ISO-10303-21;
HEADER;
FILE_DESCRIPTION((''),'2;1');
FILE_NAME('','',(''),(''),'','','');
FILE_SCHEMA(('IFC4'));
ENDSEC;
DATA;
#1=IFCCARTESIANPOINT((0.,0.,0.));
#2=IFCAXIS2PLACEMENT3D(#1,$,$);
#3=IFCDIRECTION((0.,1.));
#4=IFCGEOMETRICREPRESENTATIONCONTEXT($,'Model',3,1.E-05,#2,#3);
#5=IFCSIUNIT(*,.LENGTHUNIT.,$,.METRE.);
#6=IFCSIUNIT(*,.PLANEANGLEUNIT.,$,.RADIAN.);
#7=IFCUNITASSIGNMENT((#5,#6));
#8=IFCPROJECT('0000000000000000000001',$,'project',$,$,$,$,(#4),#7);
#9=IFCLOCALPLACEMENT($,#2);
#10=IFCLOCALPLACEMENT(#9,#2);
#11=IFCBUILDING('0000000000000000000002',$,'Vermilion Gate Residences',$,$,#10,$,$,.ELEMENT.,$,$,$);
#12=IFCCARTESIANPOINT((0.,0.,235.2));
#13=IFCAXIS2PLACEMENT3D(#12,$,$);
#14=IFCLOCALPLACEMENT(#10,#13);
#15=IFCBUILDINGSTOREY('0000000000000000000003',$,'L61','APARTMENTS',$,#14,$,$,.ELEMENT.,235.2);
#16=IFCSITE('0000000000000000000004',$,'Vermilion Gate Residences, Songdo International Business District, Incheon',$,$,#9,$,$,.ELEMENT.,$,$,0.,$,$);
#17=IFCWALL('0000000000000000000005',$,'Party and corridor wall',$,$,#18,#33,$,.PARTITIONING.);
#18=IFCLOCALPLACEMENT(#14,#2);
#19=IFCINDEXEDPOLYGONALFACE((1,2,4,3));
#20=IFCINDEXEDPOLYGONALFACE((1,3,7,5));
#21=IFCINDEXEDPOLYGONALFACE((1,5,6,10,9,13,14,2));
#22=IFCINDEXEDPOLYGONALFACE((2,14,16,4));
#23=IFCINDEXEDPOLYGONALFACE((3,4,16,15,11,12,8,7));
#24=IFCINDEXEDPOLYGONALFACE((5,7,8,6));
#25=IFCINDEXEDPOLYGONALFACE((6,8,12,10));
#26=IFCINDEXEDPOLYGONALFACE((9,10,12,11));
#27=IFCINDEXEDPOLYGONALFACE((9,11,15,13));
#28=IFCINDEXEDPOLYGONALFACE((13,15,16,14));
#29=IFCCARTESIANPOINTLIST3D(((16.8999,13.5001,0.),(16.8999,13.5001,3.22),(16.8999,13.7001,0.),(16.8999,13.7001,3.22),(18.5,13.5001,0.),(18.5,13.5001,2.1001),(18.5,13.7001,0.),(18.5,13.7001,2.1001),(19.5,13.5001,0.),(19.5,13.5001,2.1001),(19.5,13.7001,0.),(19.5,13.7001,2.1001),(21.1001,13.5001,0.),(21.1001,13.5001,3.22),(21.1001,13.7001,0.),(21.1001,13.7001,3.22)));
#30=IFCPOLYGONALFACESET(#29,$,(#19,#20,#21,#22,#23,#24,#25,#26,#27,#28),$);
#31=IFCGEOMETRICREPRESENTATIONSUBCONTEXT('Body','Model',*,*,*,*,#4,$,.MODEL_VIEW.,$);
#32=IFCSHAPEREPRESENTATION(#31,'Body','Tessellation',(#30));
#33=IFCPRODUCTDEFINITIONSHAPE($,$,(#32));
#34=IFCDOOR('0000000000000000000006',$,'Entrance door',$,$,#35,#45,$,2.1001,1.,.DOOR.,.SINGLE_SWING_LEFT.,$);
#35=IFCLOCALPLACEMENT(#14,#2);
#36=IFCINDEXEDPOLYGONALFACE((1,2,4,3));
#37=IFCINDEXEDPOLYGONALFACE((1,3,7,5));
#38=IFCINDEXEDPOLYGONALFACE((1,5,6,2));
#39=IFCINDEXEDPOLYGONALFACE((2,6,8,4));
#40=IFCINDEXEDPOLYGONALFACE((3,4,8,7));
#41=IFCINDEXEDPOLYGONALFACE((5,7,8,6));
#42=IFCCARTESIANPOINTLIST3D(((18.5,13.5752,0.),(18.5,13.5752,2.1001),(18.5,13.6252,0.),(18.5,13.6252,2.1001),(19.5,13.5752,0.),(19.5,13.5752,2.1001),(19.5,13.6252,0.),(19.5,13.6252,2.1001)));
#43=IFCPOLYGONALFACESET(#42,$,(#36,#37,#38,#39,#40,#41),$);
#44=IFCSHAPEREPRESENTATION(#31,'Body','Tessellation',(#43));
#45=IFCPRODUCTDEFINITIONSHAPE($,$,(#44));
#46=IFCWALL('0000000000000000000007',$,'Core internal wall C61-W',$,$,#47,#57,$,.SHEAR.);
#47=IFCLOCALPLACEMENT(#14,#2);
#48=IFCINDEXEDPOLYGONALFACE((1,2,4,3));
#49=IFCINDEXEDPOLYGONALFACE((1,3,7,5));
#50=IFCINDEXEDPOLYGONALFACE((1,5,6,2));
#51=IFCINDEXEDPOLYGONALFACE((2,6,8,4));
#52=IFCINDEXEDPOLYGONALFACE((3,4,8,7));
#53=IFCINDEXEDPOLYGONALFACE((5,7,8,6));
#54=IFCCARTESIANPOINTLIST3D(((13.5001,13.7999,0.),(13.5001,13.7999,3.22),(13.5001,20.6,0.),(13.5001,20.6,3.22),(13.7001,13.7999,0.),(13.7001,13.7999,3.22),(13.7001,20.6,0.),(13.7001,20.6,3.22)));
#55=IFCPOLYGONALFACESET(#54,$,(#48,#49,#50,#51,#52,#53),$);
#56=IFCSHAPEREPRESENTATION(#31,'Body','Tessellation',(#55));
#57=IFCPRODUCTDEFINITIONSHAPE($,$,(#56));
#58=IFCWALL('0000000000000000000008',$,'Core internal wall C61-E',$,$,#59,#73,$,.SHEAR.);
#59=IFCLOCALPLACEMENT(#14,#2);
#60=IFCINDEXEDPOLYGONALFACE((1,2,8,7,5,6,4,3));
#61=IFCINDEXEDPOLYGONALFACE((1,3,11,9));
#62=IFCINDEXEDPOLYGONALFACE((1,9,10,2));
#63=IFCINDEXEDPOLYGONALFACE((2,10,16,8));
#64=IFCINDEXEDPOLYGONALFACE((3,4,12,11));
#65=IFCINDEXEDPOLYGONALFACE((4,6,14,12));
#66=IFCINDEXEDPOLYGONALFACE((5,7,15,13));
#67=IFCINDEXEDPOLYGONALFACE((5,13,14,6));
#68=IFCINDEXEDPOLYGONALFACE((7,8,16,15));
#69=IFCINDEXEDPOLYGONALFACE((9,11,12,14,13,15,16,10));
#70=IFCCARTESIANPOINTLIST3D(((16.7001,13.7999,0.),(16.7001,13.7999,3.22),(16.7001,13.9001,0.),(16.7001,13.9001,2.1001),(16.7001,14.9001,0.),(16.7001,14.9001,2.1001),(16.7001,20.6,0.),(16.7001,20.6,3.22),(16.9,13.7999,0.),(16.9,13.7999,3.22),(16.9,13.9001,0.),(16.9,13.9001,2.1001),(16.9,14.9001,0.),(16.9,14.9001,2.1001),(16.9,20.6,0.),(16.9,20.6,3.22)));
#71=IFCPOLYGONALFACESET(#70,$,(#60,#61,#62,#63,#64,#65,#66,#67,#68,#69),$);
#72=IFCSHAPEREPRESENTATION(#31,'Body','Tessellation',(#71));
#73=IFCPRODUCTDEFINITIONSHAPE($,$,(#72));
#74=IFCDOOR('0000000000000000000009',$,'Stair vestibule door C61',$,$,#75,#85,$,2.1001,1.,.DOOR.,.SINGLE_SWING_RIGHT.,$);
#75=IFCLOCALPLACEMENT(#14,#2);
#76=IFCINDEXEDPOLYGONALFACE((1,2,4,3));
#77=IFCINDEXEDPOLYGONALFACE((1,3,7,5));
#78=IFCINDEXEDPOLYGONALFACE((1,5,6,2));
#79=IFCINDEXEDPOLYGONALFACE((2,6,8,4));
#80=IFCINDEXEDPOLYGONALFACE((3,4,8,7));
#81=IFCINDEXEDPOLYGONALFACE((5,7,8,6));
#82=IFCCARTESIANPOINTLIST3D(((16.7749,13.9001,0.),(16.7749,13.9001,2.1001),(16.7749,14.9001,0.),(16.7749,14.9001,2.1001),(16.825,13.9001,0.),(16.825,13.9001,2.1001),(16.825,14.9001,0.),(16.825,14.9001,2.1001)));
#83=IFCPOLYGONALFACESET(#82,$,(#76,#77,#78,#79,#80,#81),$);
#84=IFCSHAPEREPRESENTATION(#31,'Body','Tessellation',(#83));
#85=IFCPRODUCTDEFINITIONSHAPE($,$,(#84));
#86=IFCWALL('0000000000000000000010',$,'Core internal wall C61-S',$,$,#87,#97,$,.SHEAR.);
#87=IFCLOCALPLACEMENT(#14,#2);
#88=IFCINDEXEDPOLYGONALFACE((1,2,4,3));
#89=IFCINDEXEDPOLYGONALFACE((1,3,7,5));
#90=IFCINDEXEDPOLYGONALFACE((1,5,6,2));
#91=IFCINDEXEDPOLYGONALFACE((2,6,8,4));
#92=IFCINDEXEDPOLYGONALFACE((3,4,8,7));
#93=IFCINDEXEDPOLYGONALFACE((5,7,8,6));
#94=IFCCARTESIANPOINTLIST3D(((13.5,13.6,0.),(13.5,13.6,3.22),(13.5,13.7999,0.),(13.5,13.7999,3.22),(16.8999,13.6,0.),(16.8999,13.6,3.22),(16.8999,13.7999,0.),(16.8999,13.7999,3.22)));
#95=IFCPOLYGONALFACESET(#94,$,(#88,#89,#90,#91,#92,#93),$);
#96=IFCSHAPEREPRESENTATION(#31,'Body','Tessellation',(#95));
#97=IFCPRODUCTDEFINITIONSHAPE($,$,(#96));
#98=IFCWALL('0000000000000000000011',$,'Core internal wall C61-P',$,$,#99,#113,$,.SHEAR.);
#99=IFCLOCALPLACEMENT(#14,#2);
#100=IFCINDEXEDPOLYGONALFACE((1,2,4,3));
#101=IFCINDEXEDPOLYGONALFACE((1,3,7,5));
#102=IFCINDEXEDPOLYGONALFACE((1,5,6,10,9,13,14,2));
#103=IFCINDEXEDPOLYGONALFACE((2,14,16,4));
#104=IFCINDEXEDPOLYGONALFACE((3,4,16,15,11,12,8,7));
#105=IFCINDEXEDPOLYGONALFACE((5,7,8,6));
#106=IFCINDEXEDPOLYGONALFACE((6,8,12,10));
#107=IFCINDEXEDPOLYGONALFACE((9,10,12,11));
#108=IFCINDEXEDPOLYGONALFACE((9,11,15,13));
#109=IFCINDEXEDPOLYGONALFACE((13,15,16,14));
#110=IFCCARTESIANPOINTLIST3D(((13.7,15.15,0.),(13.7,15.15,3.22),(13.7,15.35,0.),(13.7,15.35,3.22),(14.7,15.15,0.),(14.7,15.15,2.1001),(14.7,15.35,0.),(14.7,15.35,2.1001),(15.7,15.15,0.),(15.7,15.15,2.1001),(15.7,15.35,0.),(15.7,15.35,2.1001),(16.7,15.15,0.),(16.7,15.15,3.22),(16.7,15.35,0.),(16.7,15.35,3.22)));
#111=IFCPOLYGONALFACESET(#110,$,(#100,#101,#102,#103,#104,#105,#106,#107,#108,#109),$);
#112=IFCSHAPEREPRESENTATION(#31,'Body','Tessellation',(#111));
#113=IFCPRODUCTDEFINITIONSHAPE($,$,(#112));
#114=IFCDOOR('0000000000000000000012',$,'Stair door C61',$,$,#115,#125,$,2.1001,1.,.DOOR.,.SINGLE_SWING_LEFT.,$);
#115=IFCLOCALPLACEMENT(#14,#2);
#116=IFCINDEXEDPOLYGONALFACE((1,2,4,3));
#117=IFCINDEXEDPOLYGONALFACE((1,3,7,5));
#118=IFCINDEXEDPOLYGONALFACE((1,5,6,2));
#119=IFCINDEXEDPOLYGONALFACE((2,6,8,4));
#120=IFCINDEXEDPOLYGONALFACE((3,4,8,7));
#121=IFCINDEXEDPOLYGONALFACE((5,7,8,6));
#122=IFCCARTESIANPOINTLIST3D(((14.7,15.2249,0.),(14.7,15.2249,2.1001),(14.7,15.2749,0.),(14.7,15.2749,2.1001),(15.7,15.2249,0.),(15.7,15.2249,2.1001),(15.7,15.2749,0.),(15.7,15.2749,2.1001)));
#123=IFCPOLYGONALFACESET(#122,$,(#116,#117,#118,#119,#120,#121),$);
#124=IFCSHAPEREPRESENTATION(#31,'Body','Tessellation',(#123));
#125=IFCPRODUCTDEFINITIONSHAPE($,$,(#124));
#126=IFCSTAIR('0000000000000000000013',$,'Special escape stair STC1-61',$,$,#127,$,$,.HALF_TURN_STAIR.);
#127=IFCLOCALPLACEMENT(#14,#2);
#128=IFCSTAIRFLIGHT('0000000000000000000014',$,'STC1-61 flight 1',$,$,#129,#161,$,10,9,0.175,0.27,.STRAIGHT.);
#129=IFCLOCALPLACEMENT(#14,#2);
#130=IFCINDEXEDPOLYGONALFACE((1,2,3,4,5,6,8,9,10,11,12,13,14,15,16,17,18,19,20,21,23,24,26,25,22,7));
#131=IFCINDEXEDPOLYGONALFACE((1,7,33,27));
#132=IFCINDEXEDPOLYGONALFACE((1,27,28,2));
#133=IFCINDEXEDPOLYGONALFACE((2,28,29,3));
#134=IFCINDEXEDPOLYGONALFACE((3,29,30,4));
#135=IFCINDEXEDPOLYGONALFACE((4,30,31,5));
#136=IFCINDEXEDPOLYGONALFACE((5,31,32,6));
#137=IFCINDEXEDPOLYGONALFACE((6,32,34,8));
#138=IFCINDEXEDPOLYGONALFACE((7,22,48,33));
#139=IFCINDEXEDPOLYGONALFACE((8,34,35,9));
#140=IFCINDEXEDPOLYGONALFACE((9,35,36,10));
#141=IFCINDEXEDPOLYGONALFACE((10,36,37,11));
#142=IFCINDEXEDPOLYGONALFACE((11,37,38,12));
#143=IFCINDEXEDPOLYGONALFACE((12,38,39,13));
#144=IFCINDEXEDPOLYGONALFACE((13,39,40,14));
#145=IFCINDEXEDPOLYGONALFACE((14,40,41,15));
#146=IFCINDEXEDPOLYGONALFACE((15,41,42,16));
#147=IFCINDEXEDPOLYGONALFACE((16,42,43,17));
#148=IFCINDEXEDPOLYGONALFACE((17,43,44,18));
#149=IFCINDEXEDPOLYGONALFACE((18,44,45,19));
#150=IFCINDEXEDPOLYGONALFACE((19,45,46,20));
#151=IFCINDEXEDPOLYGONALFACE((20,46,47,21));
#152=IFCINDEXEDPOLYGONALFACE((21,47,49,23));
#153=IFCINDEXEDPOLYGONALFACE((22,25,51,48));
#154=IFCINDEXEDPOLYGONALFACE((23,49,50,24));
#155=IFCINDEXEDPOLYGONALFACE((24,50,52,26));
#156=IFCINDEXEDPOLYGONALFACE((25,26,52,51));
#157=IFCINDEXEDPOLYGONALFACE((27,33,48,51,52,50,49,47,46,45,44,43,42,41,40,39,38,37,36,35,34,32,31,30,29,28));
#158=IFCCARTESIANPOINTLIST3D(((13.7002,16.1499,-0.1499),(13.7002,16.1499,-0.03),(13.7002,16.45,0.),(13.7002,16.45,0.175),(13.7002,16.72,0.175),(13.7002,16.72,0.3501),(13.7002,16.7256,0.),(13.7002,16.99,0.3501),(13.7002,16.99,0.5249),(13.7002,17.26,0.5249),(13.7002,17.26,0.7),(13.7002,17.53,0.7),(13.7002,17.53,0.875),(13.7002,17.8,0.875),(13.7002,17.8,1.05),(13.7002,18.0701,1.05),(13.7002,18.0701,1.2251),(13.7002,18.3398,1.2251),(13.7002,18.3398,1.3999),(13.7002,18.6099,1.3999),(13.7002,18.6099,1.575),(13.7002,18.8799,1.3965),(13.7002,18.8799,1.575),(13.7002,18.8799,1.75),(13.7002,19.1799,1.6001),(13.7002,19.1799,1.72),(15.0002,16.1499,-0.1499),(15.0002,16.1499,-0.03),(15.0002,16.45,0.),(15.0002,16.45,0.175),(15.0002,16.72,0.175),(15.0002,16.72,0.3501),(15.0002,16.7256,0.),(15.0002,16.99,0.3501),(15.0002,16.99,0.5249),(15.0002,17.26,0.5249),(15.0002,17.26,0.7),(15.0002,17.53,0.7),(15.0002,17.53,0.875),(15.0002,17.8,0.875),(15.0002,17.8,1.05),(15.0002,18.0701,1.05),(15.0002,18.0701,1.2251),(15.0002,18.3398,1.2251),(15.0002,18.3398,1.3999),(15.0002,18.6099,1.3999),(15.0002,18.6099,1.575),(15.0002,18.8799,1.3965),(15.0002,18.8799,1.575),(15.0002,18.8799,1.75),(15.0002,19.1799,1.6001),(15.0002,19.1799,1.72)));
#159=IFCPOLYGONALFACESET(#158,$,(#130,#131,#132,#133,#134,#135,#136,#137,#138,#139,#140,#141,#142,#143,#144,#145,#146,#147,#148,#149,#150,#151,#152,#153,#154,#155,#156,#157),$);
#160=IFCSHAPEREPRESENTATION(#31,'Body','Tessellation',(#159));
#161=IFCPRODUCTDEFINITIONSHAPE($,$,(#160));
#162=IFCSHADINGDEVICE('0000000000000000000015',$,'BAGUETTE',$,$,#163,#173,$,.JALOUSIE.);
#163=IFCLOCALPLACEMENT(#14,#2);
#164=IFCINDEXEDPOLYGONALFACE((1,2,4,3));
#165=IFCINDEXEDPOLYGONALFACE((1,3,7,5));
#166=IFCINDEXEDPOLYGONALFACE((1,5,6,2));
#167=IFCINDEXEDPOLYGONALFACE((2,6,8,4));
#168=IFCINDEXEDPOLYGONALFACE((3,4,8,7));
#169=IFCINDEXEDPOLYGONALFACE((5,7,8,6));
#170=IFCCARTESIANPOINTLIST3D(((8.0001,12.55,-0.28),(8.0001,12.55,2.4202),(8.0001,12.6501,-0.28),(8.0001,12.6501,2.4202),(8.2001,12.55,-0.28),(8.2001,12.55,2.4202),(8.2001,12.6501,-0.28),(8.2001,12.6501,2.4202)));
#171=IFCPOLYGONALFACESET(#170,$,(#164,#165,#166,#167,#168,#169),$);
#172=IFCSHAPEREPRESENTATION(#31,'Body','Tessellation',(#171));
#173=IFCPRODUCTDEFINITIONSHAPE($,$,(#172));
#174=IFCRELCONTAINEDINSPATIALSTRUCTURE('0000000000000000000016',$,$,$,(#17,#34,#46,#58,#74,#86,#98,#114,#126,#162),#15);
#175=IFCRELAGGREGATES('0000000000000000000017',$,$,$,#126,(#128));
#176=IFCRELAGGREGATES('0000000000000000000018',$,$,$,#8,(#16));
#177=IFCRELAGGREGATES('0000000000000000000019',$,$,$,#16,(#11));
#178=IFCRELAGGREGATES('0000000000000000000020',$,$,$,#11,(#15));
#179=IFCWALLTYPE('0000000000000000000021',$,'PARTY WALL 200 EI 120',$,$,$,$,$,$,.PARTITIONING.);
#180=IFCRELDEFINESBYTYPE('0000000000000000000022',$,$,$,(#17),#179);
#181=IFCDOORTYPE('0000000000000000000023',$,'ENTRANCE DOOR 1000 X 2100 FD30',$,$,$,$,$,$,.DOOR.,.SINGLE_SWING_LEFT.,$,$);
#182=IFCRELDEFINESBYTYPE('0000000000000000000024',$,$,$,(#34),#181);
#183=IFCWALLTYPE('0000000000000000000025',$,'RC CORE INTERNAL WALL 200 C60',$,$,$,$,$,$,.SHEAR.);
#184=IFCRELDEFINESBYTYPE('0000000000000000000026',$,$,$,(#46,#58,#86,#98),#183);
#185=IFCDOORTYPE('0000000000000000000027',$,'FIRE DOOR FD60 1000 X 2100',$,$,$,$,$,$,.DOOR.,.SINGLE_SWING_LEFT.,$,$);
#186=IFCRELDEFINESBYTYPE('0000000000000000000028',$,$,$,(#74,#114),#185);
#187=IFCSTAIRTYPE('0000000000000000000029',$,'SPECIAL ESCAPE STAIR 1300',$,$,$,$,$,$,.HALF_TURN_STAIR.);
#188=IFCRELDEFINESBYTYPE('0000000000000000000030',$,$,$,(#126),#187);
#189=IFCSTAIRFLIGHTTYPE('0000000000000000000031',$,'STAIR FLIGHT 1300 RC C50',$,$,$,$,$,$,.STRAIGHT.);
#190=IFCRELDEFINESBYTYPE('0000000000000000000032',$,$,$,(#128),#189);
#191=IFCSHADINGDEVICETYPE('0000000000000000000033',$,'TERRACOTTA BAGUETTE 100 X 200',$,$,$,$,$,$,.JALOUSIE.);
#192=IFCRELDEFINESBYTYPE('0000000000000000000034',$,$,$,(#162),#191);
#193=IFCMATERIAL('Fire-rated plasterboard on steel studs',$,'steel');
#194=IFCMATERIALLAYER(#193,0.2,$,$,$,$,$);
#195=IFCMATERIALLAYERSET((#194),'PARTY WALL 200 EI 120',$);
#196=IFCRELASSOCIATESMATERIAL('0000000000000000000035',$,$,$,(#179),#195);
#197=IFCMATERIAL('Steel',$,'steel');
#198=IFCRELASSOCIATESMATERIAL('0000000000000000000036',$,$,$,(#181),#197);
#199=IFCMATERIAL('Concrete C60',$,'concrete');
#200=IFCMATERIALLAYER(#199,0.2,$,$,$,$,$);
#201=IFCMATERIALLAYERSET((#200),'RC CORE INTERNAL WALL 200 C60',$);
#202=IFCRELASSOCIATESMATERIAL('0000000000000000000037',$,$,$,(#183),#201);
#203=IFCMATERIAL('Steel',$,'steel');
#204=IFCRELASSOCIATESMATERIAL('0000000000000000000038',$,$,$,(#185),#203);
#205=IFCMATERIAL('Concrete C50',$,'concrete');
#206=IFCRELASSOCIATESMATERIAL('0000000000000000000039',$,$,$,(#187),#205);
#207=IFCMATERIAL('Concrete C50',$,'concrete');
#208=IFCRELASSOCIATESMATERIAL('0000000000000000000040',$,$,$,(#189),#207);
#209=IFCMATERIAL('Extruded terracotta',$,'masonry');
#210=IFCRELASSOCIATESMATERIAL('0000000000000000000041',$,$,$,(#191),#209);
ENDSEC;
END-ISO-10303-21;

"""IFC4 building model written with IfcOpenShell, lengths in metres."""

from ifc_helpers import new_model, si_unit, direction, frame, frame_2d, origin, origin_2d, place, context, subcontext, project, spatial, polyline, rectangle, outline, extrude, material, layer, layer_set, material_profile, profile_set, type_object, element, fill, aggregate, save


model = new_model("IFC4")

# Units and contexts
model_context = context("Model", 3, precision=1e-05, world=origin(), true_north=direction((0.0, 1.0)))
body_context = subcontext(model_context, "Body", "Model", "MODEL_VIEW")
ifc_project = project(units=[si_unit("LENGTHUNIT", "METRE"), si_unit("PLANEANGLEUNIT", "RADIAN")], contexts=[model_context])

# Site, building, storey
site_placement = place(None, origin())
site = spatial("IfcSite", under=ifc_project, at=site_placement, Name="Vermilion Gate Residences, Songdo International Business District, Incheon", CompositionType="ELEMENT", RefElevation=0.0)
building_placement = place(site_placement, origin())
building = spatial("IfcBuilding", under=site, at=building_placement, Name="Vermilion Gate Residences", CompositionType="ELEMENT")
storey_placement = place(building_placement, frame((0.0, 0.0, 235.2)))
storey = spatial("IfcBuildingStorey", under=building, at=storey_placement, Name="L61", Description="APARTMENTS", CompositionType="ELEMENT", Elevation=235.2)

# Wall, opening, door
ifc_material_1 = material(Name="Fire-rated plasterboard on steel studs", Category="steel")
ifc_layer_1 = layer(ifc_material_1, 0.2)
ifc_layer_set_1 = layer_set([ifc_layer_1], Name="PARTY WALL 200 EI 120")
wall_type_1 = type_object("IfcWallType", Name="PARTY WALL 200 EI 120", PredefinedType="PARTITIONING", material=ifc_layer_set_1)
wall_1_placement = place(storey_placement, frame((16.8999, 13.6001, 0.0), z_axis=(0.0, 0.0, 1.0), x_axis=(1.0, 0.0, 0.0)))
wall_1 = element("IfcWall", 1, at=wall_1_placement, inside=storey, type_object=wall_type_1, Name="Party and corridor wall", PredefinedType="PARTITIONING", context=body_context, shape_type="SweptSolid", body=[
    extrude(rectangle(XDim=4.2002, YDim=0.2, at=frame_2d((2.1001, 0.0))), origin(), (0.0, 0.0, 1.0), 3.22),
])
opening_1_placement = place(wall_1_placement, frame((1.6001, 0.0, 0.0)))
opening_1 = element("IfcOpeningElement", 2, at=opening_1_placement, cuts=wall_1, PredefinedType="OPENING", context=body_context, shape_type="SweptSolid", body=[
    extrude(rectangle(XDim=1.0, YDim=2.1001, at=frame_2d((0.5, 1.05))), frame((0.0, 0.1099, 0.0), z_axis=(0.0, -1.0, 0.0), x_axis=(1.0, 0.0, 0.0)), (0.0, 0.0, 1.0), 0.22),
])
ifc_material_2 = material(Name="Steel", Category="steel")
door_type_1 = type_object("IfcDoorType", Name="ENTRANCE DOOR 1000 X 2100 FD30", OperationType="SINGLE_SWING_LEFT", PredefinedType="DOOR", material=ifc_material_2)
door_1_placement = place(opening_1_placement, frame((1.0, 0.0, 0.0), z_axis=(0.0, 0.0, 1.0), x_axis=(-1.0, 0.0, 0.0)))
door_1 = element("IfcDoor", 3, at=door_1_placement, inside=storey, type_object=door_type_1, Name="Entrance door", OperationType="SINGLE_SWING_LEFT", OverallHeight=2.1001, OverallWidth=1.0, PredefinedType="DOOR", context=body_context, shape_type="SweptSolid", body=[
    extrude(rectangle(XDim=1.0, YDim=2.1001, at=frame_2d((0.5, 1.05))), frame((0.0, 0.0249, 0.0), z_axis=(0.0, -1.0, 0.0), x_axis=(1.0, 0.0, 0.0)), (0.0, 0.0, 1.0), 0.05),
])
fill(opening_1, door_1)

# Wall
ifc_material_3 = material(Name="Concrete C60", Category="concrete")
ifc_layer_2 = layer(ifc_material_3, 0.2)
ifc_layer_set_2 = layer_set([ifc_layer_2], Name="RC CORE INTERNAL WALL 200 C60")
wall_type_2 = type_object("IfcWallType", Name="RC CORE INTERNAL WALL 200 C60", PredefinedType="SHEAR", material=ifc_layer_set_2)
wall_2_placement = place(storey_placement, frame((13.6001, 13.8, 0.0), z_axis=(0.0, 0.0, 1.0), x_axis=(0.0, 1.0, 0.0)))
element("IfcWall", 4, at=wall_2_placement, inside=storey, type_object=wall_type_2, Name="Core internal wall C61-W", PredefinedType="SHEAR", context=body_context, shape_type="SweptSolid", body=[
    extrude(rectangle(XDim=6.8, YDim=0.2, at=frame_2d((3.3999, 0.0))), origin(), (0.0, 0.0, 1.0), 3.22),
])

# Wall, opening, door
wall_3_placement = place(storey_placement, frame((16.8, 13.8, 0.0), z_axis=(0.0, 0.0, 1.0), x_axis=(0.0, 1.0, 0.0)))
wall_3 = element("IfcWall", 5, at=wall_3_placement, inside=storey, type_object=wall_type_2, Name="Core internal wall C61-E", PredefinedType="SHEAR", context=body_context, shape_type="SweptSolid", body=[
    extrude(rectangle(XDim=6.8, YDim=0.2, at=frame_2d((3.3999, 0.0))), origin(), (0.0, 0.0, 1.0), 3.22),
])
opening_2_placement = place(wall_3_placement, frame((0.1001, 0.0, 0.0)))
opening_2 = element("IfcOpeningElement", 6, at=opening_2_placement, cuts=wall_3, PredefinedType="OPENING", context=body_context, shape_type="SweptSolid", body=[
    extrude(rectangle(XDim=1.0, YDim=2.1001, at=frame_2d((0.5, 1.05))), frame((0.0, 0.1099, 0.0), z_axis=(0.0, -1.0, 0.0), x_axis=(1.0, 0.0, 0.0)), (0.0, 0.0, 1.0), 0.22),
])
ifc_material_4 = material(Name="Steel", Category="steel")
door_type_2 = type_object("IfcDoorType", Name="FIRE DOOR FD60 1000 X 2100", OperationType="SINGLE_SWING_LEFT", PredefinedType="DOOR", material=ifc_material_4)
door_2_placement = place(opening_2_placement, frame((1.0, 0.0, 0.0), z_axis=(0.0, 0.0, 1.0), x_axis=(-1.0, 0.0, 0.0)))
door_2 = element("IfcDoor", 7, at=door_2_placement, inside=storey, type_object=door_type_2, Name="Stair vestibule door C61", OperationType="SINGLE_SWING_RIGHT", OverallHeight=2.1001, OverallWidth=1.0, PredefinedType="DOOR", context=body_context, shape_type="SweptSolid", body=[
    extrude(rectangle(XDim=1.0, YDim=2.1001, at=frame_2d((0.5, 1.05))), frame((0.0, 0.0249, 0.0), z_axis=(0.0, -1.0, 0.0), x_axis=(1.0, 0.0, 0.0)), (0.0, 0.0, 1.0), 0.05),
])
fill(opening_2, door_2)

# Wall
wall_4_placement = place(storey_placement, frame((13.5, 13.7, 0.0), z_axis=(0.0, 0.0, 1.0), x_axis=(1.0, 0.0, 0.0)))
element("IfcWall", 8, at=wall_4_placement, inside=storey, type_object=wall_type_2, Name="Core internal wall C61-S", PredefinedType="SHEAR", context=body_context, shape_type="SweptSolid", body=[
    extrude(rectangle(XDim=3.3999, YDim=0.2, at=frame_2d((1.7, 0.0))), origin(), (0.0, 0.0, 1.0), 3.22),
])

# Wall, opening, door
wall_5_placement = place(storey_placement, frame((13.7, 15.25, 0.0), z_axis=(0.0, 0.0, 1.0), x_axis=(1.0, 0.0, 0.0)))
wall_5 = element("IfcWall", 9, at=wall_5_placement, inside=storey, type_object=wall_type_2, Name="Core internal wall C61-P", PredefinedType="SHEAR", context=body_context, shape_type="SweptSolid", body=[
    extrude(rectangle(XDim=3.0, YDim=0.2, at=frame_2d((1.5, 0.0))), origin(), (0.0, 0.0, 1.0), 3.22),
])
opening_3_placement = place(wall_5_placement, frame((1.0, 0.0, 0.0)))
opening_3 = element("IfcOpeningElement", 10, at=opening_3_placement, cuts=wall_5, PredefinedType="OPENING", context=body_context, shape_type="SweptSolid", body=[
    extrude(rectangle(XDim=1.0, YDim=2.1001, at=frame_2d((0.5, 1.05))), frame((0.0, 0.1099, 0.0), z_axis=(0.0, -1.0, 0.0), x_axis=(1.0, 0.0, 0.0)), (0.0, 0.0, 1.0), 0.22),
])
door_3_placement = place(opening_3_placement, origin())
door_3 = element("IfcDoor", 11, at=door_3_placement, inside=storey, type_object=door_type_2, Name="Stair door C61", OperationType="SINGLE_SWING_LEFT", OverallHeight=2.1001, OverallWidth=1.0, PredefinedType="DOOR", context=body_context, shape_type="SweptSolid", body=[
    extrude(rectangle(XDim=1.0, YDim=2.1001, at=frame_2d((0.5, 1.05))), frame((0.0, 0.0249, 0.0), z_axis=(0.0, -1.0, 0.0), x_axis=(1.0, 0.0, 0.0)), (0.0, 0.0, 1.0), 0.05),
])
fill(opening_3, door_3)

# Stair, stair flight
ifc_material_5 = material(Name="Concrete C50", Category="concrete")
stair_type = type_object("IfcStairType", Name="SPECIAL ESCAPE STAIR 1300", PredefinedType="HALF_TURN_STAIR", material=ifc_material_5)
stair_placement = place(storey_placement, origin())
stair = element("IfcStair", 12, at=stair_placement, inside=storey, type_object=stair_type, Name="Special escape stair STC1-61", PredefinedType="HALF_TURN_STAIR")
ifc_material_6 = material(Name="Concrete C50", Category="concrete")
stair_flight_type = type_object("IfcStairFlightType", Name="STAIR FLIGHT 1300 RC C50", PredefinedType="STRAIGHT", material=ifc_material_6)
stair_flight_placement = place(storey_placement, frame((14.3501, 16.45, 0.0), z_axis=(0.0, 0.0, 1.0), x_axis=(0.0, 1.0, 0.0)))
stair_flight = element("IfcStairFlight", 13, at=stair_flight_placement, type_object=stair_flight_type, Name="STC1-61 flight 1", NumberOfRisers=10, NumberOfTreads=9, PredefinedType="STRAIGHT", RiserHeight=0.175, TreadLength=0.27, context=body_context, shape_type="SweptSolid", body=[
    extrude(outline(polyline([(-0.3, -0.1499), (-0.3, -0.03), (0.0, 0.0), (0.0, 0.175), (0.27, 0.175), (0.27, 0.3501), (0.54, 0.3501), (0.54, 0.5249), (0.8101, 0.5249), (0.8101, 0.7), (1.0801, 0.7), (1.0801, 0.875), (1.3501, 0.875), (1.3501, 1.05), (1.6201, 1.05), (1.6201, 1.2251), (1.8899, 1.2251), (1.8899, 1.3999), (2.1599, 1.3999), (2.1599, 1.575), (2.4299, 1.575), (2.4299, 1.75), (2.73, 1.72), (2.73, 1.6001), (2.4299, 1.3965), (0.2756, 0.0), (-0.3, -0.1499)])), frame((0.0, 0.6499, 0.0), z_axis=(0.0, -1.0, 0.0), x_axis=(1.0, 0.0, 0.0)), (0.0, 0.0, 1.0), 1.3),
])
aggregate(stair, [stair_flight])

# Shading device
ifc_material_7 = material(Name="Extruded terracotta", Category="masonry")
ifc_material_profile_1 = material_profile(ifc_material_7, rectangle(XDim=0.2, YDim=0.1001, at=origin_2d()), Name="BAGUETTE 100 X 200")
ifc_profile_set_1 = profile_set([ifc_material_profile_1], Name="Extruded terracotta")
shading_device_type = type_object("IfcShadingDeviceType", Name="TERRACOTTA BAGUETTE 100 X 200", PredefinedType="JALOUSIE", material=ifc_profile_set_1)
shading_device_placement = place(storey_placement, frame((8.1001, 12.6001, -0.28), z_axis=(0.0, 0.0, 1.0), x_axis=(1.0, 0.0, 0.0)))
element("IfcShadingDevice", 14, at=shading_device_placement, inside=storey, type_object=shading_device_type, Name="BAGUETTE", PredefinedType="JALOUSIE", context=body_context, shape_type="SweptSolid", body=[
    extrude(rectangle(XDim=0.2, YDim=0.1001, at=origin_2d()), origin(), (0.0, 0.0, 1.0), 2.7002),
])

save(model, "model.ifc")
